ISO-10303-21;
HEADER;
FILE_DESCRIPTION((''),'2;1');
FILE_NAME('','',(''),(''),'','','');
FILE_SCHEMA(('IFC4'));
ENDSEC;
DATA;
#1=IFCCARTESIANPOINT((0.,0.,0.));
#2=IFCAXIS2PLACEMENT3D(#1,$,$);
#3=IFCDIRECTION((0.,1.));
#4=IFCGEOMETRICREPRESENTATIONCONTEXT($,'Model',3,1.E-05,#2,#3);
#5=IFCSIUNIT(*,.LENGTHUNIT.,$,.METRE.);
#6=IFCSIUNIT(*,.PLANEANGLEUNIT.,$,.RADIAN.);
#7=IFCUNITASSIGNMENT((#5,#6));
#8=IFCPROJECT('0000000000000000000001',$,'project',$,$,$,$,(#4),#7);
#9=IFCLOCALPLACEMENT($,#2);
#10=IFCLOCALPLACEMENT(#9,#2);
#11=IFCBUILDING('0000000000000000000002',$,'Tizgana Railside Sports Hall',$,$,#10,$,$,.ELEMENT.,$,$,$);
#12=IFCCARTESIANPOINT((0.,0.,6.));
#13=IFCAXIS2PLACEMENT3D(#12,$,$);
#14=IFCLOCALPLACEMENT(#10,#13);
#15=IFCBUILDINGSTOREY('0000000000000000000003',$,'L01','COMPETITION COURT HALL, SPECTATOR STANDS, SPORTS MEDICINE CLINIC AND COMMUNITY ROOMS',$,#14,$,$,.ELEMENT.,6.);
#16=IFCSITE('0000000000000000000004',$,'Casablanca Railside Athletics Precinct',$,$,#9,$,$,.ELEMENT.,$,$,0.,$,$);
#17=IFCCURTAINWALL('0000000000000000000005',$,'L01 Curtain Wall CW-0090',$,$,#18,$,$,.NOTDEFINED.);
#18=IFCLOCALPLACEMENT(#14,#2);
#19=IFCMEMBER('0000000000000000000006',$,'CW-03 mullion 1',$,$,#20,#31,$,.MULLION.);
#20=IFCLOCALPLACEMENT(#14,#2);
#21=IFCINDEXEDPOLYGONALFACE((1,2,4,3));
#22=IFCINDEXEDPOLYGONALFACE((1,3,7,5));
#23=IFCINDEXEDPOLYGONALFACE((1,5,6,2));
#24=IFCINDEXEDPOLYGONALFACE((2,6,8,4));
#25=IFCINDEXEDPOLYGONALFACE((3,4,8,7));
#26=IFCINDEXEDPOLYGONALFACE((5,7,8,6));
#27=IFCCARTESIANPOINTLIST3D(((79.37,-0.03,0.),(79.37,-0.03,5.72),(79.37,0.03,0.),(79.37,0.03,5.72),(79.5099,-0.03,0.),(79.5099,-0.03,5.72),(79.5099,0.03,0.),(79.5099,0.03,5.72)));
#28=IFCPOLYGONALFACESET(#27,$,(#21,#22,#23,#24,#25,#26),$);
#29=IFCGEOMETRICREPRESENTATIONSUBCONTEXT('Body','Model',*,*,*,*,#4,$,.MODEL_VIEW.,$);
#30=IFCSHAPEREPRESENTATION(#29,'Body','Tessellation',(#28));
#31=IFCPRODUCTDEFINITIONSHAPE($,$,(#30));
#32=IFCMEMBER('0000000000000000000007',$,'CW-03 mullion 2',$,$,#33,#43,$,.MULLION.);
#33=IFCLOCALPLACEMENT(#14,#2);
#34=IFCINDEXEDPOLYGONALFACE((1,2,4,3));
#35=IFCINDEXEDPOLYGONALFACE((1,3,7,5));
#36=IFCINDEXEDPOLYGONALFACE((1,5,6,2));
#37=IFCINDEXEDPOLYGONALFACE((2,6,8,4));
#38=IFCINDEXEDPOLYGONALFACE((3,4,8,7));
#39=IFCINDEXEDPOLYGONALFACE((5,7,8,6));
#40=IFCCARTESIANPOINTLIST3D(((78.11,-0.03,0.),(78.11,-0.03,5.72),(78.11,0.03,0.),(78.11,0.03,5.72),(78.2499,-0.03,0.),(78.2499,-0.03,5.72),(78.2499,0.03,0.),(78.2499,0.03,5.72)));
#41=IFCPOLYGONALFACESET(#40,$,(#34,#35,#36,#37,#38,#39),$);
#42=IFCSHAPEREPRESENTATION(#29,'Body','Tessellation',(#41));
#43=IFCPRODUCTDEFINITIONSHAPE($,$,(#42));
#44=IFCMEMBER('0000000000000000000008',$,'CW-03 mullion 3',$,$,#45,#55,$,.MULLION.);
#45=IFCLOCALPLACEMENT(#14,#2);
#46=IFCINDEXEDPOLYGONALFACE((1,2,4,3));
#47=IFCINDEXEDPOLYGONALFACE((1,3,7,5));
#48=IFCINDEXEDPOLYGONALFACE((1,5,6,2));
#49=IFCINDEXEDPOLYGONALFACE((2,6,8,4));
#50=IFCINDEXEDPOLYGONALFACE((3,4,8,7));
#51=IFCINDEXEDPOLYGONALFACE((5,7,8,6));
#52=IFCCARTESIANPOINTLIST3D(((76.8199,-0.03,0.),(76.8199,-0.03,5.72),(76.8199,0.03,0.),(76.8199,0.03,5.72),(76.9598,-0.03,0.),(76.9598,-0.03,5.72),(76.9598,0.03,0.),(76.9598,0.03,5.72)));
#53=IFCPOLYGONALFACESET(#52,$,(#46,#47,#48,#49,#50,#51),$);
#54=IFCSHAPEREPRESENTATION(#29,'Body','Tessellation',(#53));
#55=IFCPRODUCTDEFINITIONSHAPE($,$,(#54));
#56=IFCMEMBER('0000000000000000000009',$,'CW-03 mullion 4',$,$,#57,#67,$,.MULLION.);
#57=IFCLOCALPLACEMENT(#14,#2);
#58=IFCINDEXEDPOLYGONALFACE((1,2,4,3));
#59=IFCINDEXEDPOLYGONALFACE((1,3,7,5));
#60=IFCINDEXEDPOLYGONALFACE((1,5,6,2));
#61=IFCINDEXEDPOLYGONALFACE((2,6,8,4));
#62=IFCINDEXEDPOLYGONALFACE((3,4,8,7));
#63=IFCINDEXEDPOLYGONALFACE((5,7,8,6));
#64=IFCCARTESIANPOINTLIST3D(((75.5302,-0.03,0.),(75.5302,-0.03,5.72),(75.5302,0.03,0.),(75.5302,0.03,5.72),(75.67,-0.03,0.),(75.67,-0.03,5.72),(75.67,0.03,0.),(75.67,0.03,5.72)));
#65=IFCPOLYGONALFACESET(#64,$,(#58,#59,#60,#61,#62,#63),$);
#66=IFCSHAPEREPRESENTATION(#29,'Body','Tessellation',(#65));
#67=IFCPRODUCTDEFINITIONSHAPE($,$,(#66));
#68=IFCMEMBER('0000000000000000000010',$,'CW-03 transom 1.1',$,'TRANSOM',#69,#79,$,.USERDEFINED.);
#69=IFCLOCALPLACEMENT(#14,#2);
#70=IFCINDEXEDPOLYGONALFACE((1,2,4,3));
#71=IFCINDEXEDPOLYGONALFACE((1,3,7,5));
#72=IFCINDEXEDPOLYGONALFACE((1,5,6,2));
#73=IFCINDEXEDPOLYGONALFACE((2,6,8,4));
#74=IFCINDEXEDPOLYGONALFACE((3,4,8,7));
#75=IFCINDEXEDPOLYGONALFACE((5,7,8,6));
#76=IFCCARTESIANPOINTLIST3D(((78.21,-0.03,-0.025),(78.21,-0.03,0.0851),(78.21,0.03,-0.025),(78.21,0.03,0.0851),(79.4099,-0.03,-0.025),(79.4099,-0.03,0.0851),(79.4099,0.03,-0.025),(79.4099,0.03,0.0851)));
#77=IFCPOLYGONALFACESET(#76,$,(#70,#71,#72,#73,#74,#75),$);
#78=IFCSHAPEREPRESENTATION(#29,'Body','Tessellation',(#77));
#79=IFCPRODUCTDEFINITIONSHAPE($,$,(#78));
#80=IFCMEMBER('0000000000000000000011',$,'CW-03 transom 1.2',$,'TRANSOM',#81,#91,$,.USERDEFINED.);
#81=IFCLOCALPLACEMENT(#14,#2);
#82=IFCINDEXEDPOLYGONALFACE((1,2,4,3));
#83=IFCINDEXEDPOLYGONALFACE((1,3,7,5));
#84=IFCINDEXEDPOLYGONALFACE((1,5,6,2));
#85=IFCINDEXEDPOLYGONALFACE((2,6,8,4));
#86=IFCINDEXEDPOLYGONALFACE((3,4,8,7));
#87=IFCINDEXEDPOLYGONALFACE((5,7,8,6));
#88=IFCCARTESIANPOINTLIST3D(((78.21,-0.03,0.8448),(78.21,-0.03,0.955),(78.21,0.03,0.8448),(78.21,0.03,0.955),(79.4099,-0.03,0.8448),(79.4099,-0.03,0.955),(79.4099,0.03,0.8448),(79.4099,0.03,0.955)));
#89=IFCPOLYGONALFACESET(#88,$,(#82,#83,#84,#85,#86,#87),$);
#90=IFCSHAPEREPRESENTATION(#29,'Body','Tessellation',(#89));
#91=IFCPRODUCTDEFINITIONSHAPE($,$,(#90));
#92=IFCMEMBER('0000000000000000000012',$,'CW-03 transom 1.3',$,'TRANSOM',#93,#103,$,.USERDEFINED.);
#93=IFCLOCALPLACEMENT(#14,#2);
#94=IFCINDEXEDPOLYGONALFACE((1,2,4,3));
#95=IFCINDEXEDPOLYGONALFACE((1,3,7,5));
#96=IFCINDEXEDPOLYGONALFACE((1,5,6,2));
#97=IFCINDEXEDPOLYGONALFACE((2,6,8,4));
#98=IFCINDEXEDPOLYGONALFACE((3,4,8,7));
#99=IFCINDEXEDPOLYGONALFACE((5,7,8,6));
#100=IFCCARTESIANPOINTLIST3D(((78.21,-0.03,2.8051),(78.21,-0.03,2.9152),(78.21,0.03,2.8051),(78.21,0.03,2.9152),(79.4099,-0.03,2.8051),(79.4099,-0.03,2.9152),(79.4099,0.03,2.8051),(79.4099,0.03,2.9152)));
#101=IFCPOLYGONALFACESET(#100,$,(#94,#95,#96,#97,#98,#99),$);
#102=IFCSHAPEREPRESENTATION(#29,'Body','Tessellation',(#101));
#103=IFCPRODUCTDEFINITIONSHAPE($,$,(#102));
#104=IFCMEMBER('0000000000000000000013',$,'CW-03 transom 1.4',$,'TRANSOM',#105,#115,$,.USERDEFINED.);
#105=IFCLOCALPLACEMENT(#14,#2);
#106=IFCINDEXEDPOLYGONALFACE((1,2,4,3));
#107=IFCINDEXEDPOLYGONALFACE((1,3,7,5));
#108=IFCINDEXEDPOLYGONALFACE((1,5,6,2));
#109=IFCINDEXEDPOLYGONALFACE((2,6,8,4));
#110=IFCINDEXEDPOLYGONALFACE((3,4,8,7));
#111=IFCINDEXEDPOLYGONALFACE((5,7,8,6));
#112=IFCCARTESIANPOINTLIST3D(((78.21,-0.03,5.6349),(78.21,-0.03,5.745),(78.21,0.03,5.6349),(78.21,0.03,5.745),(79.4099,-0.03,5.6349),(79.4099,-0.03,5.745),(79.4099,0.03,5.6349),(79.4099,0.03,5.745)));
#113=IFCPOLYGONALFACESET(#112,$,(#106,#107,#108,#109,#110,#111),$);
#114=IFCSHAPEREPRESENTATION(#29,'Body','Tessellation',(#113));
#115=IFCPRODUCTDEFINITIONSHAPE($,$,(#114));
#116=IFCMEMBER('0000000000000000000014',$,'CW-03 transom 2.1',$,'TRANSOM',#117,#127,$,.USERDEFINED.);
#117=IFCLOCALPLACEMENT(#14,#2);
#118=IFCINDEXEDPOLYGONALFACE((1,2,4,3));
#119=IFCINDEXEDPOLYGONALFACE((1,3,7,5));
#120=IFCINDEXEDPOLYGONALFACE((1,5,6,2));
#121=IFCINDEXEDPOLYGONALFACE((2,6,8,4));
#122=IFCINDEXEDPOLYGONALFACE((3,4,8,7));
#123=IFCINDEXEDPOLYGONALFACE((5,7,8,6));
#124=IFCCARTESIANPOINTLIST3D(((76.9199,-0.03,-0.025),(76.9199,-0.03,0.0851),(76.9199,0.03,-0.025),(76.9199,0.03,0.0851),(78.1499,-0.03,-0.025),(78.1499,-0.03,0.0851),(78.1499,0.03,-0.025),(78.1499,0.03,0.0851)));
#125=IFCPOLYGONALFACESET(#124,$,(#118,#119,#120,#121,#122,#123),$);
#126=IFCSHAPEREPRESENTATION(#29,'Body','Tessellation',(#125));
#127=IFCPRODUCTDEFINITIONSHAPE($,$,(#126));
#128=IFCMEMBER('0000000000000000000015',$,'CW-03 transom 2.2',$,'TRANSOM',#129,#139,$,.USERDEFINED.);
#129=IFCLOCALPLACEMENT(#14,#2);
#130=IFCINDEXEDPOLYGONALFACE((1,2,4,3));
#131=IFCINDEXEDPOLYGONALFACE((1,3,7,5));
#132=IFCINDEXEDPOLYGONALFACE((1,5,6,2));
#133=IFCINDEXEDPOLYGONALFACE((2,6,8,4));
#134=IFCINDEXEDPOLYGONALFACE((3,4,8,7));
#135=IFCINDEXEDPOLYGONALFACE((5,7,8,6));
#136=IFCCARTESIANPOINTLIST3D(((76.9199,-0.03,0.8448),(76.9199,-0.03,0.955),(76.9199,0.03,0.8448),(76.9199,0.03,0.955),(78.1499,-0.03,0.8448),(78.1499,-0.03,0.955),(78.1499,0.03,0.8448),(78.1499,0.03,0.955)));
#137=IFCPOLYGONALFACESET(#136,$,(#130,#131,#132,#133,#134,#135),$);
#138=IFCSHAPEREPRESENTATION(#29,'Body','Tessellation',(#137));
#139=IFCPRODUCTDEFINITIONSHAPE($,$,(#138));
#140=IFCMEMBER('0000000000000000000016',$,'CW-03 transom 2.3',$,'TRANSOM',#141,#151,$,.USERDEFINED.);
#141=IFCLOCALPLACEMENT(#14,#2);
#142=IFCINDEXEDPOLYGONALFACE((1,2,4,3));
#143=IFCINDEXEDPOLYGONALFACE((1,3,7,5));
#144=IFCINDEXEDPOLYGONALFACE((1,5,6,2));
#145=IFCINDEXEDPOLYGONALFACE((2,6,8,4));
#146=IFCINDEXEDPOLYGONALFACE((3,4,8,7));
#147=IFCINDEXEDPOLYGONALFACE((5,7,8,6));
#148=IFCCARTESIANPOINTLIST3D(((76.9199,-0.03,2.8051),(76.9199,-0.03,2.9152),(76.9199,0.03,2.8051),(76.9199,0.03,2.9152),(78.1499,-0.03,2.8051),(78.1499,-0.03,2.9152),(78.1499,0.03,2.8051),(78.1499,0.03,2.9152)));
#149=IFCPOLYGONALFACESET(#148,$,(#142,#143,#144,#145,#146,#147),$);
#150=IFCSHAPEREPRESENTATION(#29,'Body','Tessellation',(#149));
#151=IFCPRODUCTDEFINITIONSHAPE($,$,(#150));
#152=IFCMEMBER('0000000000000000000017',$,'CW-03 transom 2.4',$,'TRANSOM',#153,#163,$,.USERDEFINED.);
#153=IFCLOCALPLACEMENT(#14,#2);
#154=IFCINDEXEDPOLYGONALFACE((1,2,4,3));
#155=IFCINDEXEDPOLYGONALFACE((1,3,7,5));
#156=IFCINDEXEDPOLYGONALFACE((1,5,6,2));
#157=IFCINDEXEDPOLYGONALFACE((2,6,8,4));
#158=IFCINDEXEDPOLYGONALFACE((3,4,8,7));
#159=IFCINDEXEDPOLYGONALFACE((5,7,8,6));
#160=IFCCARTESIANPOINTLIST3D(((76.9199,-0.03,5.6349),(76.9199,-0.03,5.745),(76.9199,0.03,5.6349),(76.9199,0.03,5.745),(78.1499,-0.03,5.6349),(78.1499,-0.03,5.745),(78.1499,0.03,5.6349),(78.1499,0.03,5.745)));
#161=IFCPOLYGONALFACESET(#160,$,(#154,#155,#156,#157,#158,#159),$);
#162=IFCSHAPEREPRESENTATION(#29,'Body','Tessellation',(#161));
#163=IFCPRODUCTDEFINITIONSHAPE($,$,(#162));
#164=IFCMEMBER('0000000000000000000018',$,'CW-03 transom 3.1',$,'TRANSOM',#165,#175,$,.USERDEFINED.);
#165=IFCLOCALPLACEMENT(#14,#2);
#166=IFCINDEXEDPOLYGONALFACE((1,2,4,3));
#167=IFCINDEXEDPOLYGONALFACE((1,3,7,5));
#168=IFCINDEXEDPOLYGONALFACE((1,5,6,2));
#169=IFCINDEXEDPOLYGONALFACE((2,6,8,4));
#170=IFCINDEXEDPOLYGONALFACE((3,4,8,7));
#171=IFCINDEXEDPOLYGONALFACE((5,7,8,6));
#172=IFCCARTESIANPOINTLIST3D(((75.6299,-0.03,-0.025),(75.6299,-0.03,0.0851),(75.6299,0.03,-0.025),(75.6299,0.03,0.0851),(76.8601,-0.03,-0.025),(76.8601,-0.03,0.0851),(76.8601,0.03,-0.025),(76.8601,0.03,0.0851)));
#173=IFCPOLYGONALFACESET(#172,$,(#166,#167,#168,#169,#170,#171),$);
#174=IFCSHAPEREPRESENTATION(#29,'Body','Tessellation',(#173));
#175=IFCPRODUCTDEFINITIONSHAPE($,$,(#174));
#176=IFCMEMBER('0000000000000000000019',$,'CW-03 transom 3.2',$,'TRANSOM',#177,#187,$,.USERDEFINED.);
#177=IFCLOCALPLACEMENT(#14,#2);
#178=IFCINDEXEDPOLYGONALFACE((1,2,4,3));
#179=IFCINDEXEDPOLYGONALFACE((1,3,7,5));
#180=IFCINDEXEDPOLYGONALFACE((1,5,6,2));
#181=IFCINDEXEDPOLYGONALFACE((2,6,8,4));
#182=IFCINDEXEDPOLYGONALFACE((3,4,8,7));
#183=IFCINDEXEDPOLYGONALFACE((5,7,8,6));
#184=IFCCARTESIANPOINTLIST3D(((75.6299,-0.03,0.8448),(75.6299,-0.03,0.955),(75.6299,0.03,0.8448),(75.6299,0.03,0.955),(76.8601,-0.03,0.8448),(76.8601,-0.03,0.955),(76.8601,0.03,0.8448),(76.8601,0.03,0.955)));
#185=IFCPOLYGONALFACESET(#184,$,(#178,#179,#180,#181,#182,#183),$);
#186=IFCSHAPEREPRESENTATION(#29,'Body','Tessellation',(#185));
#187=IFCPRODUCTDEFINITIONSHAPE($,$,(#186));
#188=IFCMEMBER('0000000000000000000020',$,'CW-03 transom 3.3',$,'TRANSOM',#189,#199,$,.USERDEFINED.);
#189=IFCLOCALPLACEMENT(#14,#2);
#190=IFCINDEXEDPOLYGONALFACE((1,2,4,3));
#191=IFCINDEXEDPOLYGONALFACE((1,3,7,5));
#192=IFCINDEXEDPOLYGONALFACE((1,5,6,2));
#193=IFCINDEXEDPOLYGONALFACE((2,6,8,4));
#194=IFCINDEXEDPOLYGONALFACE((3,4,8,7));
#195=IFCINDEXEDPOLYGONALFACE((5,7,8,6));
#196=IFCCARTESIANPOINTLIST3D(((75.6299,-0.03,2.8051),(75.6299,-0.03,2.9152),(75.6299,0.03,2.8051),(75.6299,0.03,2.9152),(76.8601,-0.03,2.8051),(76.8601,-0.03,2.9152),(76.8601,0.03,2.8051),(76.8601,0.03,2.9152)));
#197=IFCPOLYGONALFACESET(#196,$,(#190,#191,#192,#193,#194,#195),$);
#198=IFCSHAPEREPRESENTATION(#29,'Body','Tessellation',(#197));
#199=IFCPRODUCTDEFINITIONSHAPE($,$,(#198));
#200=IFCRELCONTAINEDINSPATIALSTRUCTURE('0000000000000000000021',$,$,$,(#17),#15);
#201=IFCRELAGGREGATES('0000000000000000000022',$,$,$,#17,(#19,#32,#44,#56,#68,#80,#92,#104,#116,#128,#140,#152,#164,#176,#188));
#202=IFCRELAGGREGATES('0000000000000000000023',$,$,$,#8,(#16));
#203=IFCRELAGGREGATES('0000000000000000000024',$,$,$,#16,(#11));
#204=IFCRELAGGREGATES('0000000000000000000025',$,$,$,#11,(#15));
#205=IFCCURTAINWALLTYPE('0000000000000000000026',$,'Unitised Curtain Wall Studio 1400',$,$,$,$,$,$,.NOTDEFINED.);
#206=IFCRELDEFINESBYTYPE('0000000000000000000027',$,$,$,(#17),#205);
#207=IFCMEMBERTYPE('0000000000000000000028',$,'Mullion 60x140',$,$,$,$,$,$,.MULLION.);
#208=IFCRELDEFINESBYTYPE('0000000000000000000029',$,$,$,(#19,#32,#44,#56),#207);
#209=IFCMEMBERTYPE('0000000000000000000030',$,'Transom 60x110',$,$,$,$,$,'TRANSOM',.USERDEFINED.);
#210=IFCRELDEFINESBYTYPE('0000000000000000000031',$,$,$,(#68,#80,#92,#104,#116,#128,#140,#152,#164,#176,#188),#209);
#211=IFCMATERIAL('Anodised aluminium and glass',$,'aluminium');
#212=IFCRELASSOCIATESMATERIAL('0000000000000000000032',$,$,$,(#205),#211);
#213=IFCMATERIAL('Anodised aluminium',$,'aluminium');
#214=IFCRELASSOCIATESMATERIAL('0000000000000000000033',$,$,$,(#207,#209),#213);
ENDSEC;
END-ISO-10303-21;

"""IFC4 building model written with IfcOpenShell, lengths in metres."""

from ifc_helpers import new_model, si_unit, direction, frame, origin, origin_2d, place, context, subcontext, project, spatial, rectangle, extrude, material, material_profile, profile_set, type_object, element, aggregate, save


model = new_model("IFC4")

# Units and contexts
model_context = context("Model", 3, precision=1e-05, world=origin(), true_north=direction((0.0, 1.0)))
body_context = subcontext(model_context, "Body", "Model", "MODEL_VIEW")
ifc_project = project(units=[si_unit("LENGTHUNIT", "METRE"), si_unit("PLANEANGLEUNIT", "RADIAN")], contexts=[model_context])

# Site, building, storey
site_placement = place(None, origin())
site = spatial("IfcSite", under=ifc_project, at=site_placement, Name="Casablanca Railside Athletics Precinct", CompositionType="ELEMENT", RefElevation=0.0)
building_placement = place(site_placement, origin())
building = spatial("IfcBuilding", under=site, at=building_placement, Name="Tizgana Railside Sports Hall", CompositionType="ELEMENT")
storey_placement = place(building_placement, frame((0.0, 0.0, 6.0)))
storey = spatial("IfcBuildingStorey", under=building, at=storey_placement, Name="L01", Description="COMPETITION COURT HALL, SPECTATOR STANDS, SPORTS MEDICINE CLINIC AND COMMUNITY ROOMS", CompositionType="ELEMENT", Elevation=6.0)

# Curtain wall, members
ifc_material_1 = material(Name="Anodised aluminium and glass", Category="aluminium")
curtain_wall_type = type_object("IfcCurtainWallType", Name="Unitised Curtain Wall Studio 1400", PredefinedType="NOTDEFINED", material=ifc_material_1)
curtain_wall_placement = place(storey_placement, origin())
curtain_wall = element("IfcCurtainWall", 1, at=curtain_wall_placement, inside=storey, type_object=curtain_wall_type, Name="L01 Curtain Wall CW-0090", PredefinedType="NOTDEFINED")
ifc_material_2 = material(Name="Anodised aluminium", Category="aluminium")
ifc_material_profile_1 = material_profile(ifc_material_2, rectangle(XDim=0.0601, YDim=0.1399, at=origin_2d()), Name="Mullion 60x140")
ifc_profile_set_1 = profile_set([ifc_material_profile_1], Name="Anodised aluminium")
member_type_1 = type_object("IfcMemberType", Name="Mullion 60x140", PredefinedType="MULLION", material=ifc_profile_set_1)
member_1_placement = place(storey_placement, frame((79.4399, 0.0, 0.0), z_axis=(0.0, 0.0, 1.0), x_axis=(0.0, -1.0, 0.0)))
member_1 = element("IfcMember", 2, at=member_1_placement, type_object=member_type_1, Name="CW-03 mullion 1", PredefinedType="MULLION", context=body_context, shape_type="SweptSolid", body=[
    extrude(rectangle(XDim=0.0601, YDim=0.1399, at=origin_2d()), origin(), (0.0, 0.0, 1.0), 5.72),
])
member_2_placement = place(storey_placement, frame((78.1799, 0.0, 0.0), z_axis=(0.0, 0.0, 1.0), x_axis=(0.0, -1.0, 0.0)))
member_2 = element("IfcMember", 3, at=member_2_placement, type_object=member_type_1, Name="CW-03 mullion 2", PredefinedType="MULLION", context=body_context, shape_type="SweptSolid", body=[
    extrude(rectangle(XDim=0.0601, YDim=0.1399, at=origin_2d()), origin(), (0.0, 0.0, 1.0), 5.72),
])
member_3_placement = place(storey_placement, frame((76.8899, 0.0, 0.0), z_axis=(0.0, 0.0, 1.0), x_axis=(0.0, -1.0, 0.0)))
member_3 = element("IfcMember", 4, at=member_3_placement, type_object=member_type_1, Name="CW-03 mullion 3", PredefinedType="MULLION", context=body_context, shape_type="SweptSolid", body=[
    extrude(rectangle(XDim=0.0601, YDim=0.1399, at=origin_2d()), origin(), (0.0, 0.0, 1.0), 5.72),
])
member_4_placement = place(storey_placement, frame((75.6001, 0.0, 0.0), z_axis=(0.0, 0.0, 1.0), x_axis=(0.0, -1.0, 0.0)))
member_4 = element("IfcMember", 5, at=member_4_placement, type_object=member_type_1, Name="CW-03 mullion 4", PredefinedType="MULLION", context=body_context, shape_type="SweptSolid", body=[
    extrude(rectangle(XDim=0.0601, YDim=0.1399, at=origin_2d()), origin(), (0.0, 0.0, 1.0), 5.72),
])
ifc_material_profile_2 = material_profile(ifc_material_2, rectangle(XDim=0.0601, YDim=0.1101, at=origin_2d()), Name="Transom 60x110")
ifc_profile_set_2 = profile_set([ifc_material_profile_2], Name="Anodised aluminium")
member_type_2 = type_object("IfcMemberType", Name="Transom 60x110", ElementType="TRANSOM", PredefinedType="USERDEFINED", material=ifc_profile_set_2)
member_5_placement = place(storey_placement, frame((79.4099, 0.0, 0.03), z_axis=(-1.0, 0.0, 0.0), x_axis=(0.0, -1.0, 0.0)))
member_5 = element("IfcMember", 6, at=member_5_placement, type_object=member_type_2, Name="CW-03 transom 1.1", ObjectType="TRANSOM", PredefinedType="USERDEFINED", context=body_context, shape_type="SweptSolid", body=[
    extrude(rectangle(XDim=0.0601, YDim=0.1101, at=origin_2d()), origin(), (0.0, 0.0, 1.0), 1.2),
])
member_6_placement = place(storey_placement, frame((79.4099, 0.0, 0.8999), z_axis=(-1.0, 0.0, 0.0), x_axis=(0.0, -1.0, 0.0)))
member_6 = element("IfcMember", 7, at=member_6_placement, type_object=member_type_2, Name="CW-03 transom 1.2", ObjectType="TRANSOM", PredefinedType="USERDEFINED", context=body_context, shape_type="SweptSolid", body=[
    extrude(rectangle(XDim=0.0601, YDim=0.1101, at=origin_2d()), origin(), (0.0, 0.0, 1.0), 1.2),
])
member_7_placement = place(storey_placement, frame((79.4099, 0.0, 2.8601), z_axis=(-1.0, 0.0, 0.0), x_axis=(0.0, -1.0, 0.0)))
member_7 = element("IfcMember", 8, at=member_7_placement, type_object=member_type_2, Name="CW-03 transom 1.3", ObjectType="TRANSOM", PredefinedType="USERDEFINED", context=body_context, shape_type="SweptSolid", body=[
    extrude(rectangle(XDim=0.0601, YDim=0.1101, at=origin_2d()), origin(), (0.0, 0.0, 1.0), 1.2),
])
member_8_placement = place(storey_placement, frame((79.4099, 0.0, 5.6899), z_axis=(-1.0, 0.0, 0.0), x_axis=(0.0, -1.0, 0.0)))
member_8 = element("IfcMember", 9, at=member_8_placement, type_object=member_type_2, Name="CW-03 transom 1.4", ObjectType="TRANSOM", PredefinedType="USERDEFINED", context=body_context, shape_type="SweptSolid", body=[
    extrude(rectangle(XDim=0.0601, YDim=0.1101, at=origin_2d()), origin(), (0.0, 0.0, 1.0), 1.2),
])
member_9_placement = place(storey_placement, frame((78.1499, 0.0, 0.03), z_axis=(-1.0, 0.0, 0.0), x_axis=(0.0, -1.0, 0.0)))
member_9 = element("IfcMember", 10, at=member_9_placement, type_object=member_type_2, Name="CW-03 transom 2.1", ObjectType="TRANSOM", PredefinedType="USERDEFINED", context=body_context, shape_type="SweptSolid", body=[
    extrude(rectangle(XDim=0.0601, YDim=0.1101, at=origin_2d()), origin(), (0.0, 0.0, 1.0), 1.23),
])
member_10_placement = place(storey_placement, frame((78.1499, 0.0, 0.8999), z_axis=(-1.0, 0.0, 0.0), x_axis=(0.0, -1.0, 0.0)))
member_10 = element("IfcMember", 11, at=member_10_placement, type_object=member_type_2, Name="CW-03 transom 2.2", ObjectType="TRANSOM", PredefinedType="USERDEFINED", context=body_context, shape_type="SweptSolid", body=[
    extrude(rectangle(XDim=0.0601, YDim=0.1101, at=origin_2d()), origin(), (0.0, 0.0, 1.0), 1.23),
])
member_11_placement = place(storey_placement, frame((78.1499, 0.0, 2.8601), z_axis=(-1.0, 0.0, 0.0), x_axis=(0.0, -1.0, 0.0)))
member_11 = element("IfcMember", 12, at=member_11_placement, type_object=member_type_2, Name="CW-03 transom 2.3", ObjectType="TRANSOM", PredefinedType="USERDEFINED", context=body_context, shape_type="SweptSolid", body=[
    extrude(rectangle(XDim=0.0601, YDim=0.1101, at=origin_2d()), origin(), (0.0, 0.0, 1.0), 1.23),
])
member_12_placement = place(storey_placement, frame((78.1499, 0.0, 5.6899), z_axis=(-1.0, 0.0, 0.0), x_axis=(0.0, -1.0, 0.0)))
member_12 = element("IfcMember", 13, at=member_12_placement, type_object=member_type_2, Name="CW-03 transom 2.4", ObjectType="TRANSOM", PredefinedType="USERDEFINED", context=body_context, shape_type="SweptSolid", body=[
    extrude(rectangle(XDim=0.0601, YDim=0.1101, at=origin_2d()), origin(), (0.0, 0.0, 1.0), 1.23),
])
member_13_placement = place(storey_placement, frame((76.8601, 0.0, 0.03), z_axis=(-1.0, 0.0, 0.0), x_axis=(0.0, -1.0, 0.0)))
member_13 = element("IfcMember", 14, at=member_13_placement, type_object=member_type_2, Name="CW-03 transom 3.1", ObjectType="TRANSOM", PredefinedType="USERDEFINED", context=body_context, shape_type="SweptSolid", body=[
    extrude(rectangle(XDim=0.0601, YDim=0.1101, at=origin_2d()), origin(), (0.0, 0.0, 1.0), 1.2302),
])
member_14_placement = place(storey_placement, frame((76.8601, 0.0, 0.8999), z_axis=(-1.0, 0.0, 0.0), x_axis=(0.0, -1.0, 0.0)))
member_14 = element("IfcMember", 15, at=member_14_placement, type_object=member_type_2, Name="CW-03 transom 3.2", ObjectType="TRANSOM", PredefinedType="USERDEFINED", context=body_context, shape_type="SweptSolid", body=[
    extrude(rectangle(XDim=0.0601, YDim=0.1101, at=origin_2d()), origin(), (0.0, 0.0, 1.0), 1.2302),
])
member_15_placement = place(storey_placement, frame((76.8601, 0.0, 2.8601), z_axis=(-1.0, 0.0, 0.0), x_axis=(0.0, -1.0, 0.0)))
member_15 = element("IfcMember", 16, at=member_15_placement, type_object=member_type_2, Name="CW-03 transom 3.3", ObjectType="TRANSOM", PredefinedType="USERDEFINED", context=body_context, shape_type="SweptSolid", body=[
    extrude(rectangle(XDim=0.0601, YDim=0.1101, at=origin_2d()), origin(), (0.0, 0.0, 1.0), 1.2302),
])
aggregate(curtain_wall, [member_1, member_2, member_3, member_4, member_5, member_6, member_7, member_8, member_9, member_10, member_11, member_12, member_13, member_14, member_15])

save(model, "model.ifc")
